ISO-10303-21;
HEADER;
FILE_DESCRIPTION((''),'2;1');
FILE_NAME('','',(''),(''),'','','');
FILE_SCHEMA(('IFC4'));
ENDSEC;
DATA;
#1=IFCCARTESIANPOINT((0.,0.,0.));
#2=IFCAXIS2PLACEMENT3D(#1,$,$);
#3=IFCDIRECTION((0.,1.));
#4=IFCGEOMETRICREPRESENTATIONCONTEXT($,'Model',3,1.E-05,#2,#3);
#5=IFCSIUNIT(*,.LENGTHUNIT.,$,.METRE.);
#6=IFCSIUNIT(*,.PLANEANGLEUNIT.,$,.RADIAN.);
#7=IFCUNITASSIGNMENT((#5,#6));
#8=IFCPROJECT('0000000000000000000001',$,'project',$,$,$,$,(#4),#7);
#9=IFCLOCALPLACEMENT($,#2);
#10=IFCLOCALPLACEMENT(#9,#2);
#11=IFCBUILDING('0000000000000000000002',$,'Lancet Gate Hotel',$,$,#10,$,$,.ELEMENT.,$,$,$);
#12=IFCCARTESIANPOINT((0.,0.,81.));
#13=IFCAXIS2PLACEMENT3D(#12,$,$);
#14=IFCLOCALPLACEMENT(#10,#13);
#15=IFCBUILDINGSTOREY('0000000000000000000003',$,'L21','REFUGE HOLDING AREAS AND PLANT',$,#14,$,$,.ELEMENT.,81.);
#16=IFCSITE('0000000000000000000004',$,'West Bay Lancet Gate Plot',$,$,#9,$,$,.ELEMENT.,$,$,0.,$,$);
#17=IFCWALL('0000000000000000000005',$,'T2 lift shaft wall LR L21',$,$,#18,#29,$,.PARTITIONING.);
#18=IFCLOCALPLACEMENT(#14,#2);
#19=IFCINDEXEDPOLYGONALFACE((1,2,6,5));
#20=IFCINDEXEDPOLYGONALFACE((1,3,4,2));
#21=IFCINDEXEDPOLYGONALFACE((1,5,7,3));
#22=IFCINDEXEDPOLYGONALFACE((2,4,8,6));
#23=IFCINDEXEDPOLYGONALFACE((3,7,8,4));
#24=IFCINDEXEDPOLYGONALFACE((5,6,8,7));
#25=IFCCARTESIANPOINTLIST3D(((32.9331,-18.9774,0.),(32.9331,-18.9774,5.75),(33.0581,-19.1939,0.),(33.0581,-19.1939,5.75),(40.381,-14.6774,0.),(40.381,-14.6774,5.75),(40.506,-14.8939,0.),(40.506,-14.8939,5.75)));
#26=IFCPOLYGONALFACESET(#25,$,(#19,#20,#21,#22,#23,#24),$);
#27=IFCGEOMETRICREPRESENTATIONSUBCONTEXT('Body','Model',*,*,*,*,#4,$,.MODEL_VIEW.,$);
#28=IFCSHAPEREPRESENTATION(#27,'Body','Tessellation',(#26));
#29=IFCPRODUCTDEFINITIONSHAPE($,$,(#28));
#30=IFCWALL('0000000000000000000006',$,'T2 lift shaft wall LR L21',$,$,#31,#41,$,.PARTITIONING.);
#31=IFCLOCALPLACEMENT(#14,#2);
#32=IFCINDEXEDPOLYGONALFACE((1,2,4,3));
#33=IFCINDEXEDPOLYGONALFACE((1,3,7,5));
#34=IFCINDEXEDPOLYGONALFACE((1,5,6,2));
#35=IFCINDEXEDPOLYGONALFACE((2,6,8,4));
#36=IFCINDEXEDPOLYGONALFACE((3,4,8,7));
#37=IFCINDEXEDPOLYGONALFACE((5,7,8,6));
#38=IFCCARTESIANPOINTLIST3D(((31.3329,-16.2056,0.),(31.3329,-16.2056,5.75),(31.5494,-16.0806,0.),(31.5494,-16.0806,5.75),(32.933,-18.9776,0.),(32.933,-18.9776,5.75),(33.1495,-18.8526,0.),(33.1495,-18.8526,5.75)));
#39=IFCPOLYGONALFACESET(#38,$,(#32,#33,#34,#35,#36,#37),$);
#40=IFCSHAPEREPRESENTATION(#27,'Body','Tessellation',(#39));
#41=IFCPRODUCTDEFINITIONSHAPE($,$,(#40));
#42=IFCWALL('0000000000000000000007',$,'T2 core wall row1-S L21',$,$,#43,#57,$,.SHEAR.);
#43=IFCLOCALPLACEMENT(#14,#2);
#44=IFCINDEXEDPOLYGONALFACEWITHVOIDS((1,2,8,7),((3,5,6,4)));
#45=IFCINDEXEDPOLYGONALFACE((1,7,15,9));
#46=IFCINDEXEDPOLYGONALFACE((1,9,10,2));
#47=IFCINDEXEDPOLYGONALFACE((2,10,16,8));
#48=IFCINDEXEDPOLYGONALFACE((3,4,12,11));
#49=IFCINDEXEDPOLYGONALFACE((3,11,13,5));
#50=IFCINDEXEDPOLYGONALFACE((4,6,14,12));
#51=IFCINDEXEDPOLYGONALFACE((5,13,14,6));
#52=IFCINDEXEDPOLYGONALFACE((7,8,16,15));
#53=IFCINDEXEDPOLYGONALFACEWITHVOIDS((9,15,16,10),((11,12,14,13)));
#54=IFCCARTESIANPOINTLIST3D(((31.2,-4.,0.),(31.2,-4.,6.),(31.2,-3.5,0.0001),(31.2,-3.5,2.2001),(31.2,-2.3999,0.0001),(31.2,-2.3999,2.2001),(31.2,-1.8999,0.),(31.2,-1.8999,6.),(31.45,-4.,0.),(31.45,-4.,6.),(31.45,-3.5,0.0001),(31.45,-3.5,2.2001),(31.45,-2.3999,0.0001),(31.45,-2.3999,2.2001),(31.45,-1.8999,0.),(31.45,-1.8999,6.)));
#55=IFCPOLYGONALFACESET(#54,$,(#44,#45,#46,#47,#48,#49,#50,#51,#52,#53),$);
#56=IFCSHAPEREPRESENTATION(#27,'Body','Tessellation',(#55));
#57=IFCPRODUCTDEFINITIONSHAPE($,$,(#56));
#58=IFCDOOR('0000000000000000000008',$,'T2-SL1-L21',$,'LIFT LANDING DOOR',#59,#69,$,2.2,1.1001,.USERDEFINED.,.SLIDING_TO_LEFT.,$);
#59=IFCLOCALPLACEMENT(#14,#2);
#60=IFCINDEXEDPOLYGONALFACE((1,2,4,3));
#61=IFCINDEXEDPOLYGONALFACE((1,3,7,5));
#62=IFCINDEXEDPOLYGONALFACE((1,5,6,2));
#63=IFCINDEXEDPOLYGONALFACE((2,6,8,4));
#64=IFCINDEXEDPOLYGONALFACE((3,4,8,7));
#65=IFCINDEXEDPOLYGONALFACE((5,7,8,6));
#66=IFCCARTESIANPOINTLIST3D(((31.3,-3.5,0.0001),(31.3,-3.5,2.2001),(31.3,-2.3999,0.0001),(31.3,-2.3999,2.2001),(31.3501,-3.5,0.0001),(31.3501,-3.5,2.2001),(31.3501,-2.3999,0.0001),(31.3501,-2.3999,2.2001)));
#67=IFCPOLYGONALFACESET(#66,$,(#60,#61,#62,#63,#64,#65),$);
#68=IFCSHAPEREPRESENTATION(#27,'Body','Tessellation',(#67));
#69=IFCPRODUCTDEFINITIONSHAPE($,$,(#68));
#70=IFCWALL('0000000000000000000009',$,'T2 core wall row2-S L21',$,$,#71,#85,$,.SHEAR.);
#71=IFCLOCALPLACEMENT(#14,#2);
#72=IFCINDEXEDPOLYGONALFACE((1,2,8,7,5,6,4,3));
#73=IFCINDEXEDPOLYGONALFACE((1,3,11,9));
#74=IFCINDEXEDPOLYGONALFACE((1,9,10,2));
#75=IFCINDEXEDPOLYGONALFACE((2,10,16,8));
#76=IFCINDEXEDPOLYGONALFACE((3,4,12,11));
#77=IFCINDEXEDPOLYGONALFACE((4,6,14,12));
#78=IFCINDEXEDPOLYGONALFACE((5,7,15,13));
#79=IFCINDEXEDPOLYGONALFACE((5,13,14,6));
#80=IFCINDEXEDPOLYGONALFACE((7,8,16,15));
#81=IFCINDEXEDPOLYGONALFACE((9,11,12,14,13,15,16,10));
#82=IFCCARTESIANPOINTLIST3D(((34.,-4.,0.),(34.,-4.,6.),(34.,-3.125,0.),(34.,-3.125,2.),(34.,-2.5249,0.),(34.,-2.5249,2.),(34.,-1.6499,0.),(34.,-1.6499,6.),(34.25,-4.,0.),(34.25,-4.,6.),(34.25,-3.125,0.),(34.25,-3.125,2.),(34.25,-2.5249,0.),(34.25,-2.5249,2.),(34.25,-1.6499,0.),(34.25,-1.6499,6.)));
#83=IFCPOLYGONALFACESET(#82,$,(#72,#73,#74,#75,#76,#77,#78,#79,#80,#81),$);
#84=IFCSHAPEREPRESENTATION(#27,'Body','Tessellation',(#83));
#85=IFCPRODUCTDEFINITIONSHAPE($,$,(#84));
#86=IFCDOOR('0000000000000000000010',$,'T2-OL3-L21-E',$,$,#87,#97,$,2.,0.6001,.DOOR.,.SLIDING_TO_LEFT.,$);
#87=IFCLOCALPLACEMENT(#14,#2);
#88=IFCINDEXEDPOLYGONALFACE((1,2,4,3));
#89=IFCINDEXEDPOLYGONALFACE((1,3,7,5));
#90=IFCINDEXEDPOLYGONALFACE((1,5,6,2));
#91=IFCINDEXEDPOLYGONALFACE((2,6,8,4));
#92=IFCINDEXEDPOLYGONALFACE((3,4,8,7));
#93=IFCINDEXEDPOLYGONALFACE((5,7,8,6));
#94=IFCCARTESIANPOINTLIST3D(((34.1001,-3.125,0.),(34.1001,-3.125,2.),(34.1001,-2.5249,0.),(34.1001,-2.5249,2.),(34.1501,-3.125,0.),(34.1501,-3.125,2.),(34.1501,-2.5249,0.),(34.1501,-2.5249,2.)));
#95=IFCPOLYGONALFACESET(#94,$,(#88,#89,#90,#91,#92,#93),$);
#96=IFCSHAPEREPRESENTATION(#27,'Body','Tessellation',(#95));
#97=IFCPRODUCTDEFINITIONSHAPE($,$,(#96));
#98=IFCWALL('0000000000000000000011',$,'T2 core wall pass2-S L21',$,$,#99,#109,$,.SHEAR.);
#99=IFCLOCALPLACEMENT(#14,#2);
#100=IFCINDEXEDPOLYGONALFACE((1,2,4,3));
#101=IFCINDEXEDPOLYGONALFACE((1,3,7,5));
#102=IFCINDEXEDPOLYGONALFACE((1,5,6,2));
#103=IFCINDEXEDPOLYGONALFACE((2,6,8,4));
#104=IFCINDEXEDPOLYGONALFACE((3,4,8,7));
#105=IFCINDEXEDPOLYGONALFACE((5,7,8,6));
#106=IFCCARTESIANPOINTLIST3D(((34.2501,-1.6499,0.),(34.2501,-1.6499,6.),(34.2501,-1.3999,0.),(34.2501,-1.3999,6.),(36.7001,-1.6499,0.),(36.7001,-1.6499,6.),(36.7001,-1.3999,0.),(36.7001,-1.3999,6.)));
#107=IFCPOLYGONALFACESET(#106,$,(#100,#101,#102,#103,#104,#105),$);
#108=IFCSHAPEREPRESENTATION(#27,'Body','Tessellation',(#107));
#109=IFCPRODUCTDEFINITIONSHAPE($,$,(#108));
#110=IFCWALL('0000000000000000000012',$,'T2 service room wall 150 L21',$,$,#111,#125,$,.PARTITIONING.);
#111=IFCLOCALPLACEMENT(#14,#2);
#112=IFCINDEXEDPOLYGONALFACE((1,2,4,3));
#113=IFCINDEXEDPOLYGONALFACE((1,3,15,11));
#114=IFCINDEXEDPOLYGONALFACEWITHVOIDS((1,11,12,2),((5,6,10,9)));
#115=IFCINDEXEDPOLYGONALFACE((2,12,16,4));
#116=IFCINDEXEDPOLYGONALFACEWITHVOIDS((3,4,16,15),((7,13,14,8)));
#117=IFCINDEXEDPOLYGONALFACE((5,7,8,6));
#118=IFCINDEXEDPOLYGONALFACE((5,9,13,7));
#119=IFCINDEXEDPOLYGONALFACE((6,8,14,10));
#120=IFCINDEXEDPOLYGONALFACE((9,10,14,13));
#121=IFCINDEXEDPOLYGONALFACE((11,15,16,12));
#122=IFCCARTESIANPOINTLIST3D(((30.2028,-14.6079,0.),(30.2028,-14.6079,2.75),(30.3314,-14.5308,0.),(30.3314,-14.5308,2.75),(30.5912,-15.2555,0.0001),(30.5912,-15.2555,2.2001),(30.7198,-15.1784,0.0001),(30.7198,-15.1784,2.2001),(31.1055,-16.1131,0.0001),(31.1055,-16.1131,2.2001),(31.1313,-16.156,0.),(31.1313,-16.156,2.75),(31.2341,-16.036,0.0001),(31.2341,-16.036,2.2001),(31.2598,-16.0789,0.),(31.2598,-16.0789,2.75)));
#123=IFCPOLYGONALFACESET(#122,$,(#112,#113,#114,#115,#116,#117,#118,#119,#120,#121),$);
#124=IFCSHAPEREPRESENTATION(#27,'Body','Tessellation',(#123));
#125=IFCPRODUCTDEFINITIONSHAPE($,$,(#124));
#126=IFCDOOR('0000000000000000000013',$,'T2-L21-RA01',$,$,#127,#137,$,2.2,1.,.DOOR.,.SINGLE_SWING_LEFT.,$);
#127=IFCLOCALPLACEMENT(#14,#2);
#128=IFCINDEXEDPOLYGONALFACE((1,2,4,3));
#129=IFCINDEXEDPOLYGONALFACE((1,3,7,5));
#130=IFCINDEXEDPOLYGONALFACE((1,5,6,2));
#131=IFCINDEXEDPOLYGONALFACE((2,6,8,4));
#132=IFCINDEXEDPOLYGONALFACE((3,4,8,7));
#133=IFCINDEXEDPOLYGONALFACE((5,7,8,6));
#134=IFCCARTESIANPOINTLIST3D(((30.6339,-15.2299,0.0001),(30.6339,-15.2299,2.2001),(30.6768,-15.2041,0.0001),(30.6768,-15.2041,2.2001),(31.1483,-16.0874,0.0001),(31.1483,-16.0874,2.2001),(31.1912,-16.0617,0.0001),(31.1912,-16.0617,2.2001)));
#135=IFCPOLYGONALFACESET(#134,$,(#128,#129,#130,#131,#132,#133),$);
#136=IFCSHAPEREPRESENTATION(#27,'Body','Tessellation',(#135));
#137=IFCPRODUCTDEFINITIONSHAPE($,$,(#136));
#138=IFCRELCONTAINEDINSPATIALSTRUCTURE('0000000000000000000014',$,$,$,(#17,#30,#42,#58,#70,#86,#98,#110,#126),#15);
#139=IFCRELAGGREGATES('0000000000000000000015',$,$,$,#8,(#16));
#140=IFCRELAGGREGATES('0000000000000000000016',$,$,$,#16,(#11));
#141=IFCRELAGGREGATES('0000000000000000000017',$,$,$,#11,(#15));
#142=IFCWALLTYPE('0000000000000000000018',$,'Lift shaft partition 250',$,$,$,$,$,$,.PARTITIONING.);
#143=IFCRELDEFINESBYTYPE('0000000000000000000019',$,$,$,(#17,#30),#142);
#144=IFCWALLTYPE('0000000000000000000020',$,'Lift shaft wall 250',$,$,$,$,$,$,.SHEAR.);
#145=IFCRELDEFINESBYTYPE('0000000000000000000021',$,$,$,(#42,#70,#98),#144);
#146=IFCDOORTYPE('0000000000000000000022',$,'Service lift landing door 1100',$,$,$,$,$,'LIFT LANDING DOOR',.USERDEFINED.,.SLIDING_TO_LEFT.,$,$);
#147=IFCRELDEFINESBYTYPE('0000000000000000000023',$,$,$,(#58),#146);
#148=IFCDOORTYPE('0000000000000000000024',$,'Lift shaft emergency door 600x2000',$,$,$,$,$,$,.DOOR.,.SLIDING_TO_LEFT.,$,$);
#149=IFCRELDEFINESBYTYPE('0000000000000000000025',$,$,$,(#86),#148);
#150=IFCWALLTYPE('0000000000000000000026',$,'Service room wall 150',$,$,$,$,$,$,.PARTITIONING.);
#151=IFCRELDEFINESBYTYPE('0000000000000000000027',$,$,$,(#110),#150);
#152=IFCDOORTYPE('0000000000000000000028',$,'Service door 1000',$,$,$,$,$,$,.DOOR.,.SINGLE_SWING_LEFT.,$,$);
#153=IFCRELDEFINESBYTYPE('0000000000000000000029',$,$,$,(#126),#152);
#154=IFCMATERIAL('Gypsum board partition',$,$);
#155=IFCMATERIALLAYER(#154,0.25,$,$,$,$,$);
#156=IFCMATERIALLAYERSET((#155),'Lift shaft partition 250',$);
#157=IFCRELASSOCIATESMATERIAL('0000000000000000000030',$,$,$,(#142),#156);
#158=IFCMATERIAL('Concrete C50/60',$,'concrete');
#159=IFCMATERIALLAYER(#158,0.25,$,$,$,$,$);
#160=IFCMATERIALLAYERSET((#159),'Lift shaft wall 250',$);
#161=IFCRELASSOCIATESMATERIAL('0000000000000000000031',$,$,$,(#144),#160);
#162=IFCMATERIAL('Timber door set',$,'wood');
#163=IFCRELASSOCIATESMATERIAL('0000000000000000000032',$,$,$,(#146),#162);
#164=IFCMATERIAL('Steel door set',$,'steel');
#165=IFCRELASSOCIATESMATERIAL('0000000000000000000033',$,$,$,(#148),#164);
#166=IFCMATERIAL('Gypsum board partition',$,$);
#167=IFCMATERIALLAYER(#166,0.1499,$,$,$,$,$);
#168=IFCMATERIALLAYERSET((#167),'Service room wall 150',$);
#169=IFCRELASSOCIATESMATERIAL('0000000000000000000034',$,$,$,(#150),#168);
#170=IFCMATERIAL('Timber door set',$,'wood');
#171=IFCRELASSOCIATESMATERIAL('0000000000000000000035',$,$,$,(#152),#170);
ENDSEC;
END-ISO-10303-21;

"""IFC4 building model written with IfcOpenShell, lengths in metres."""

from ifc_helpers import new_model, si_unit, direction, frame, frame_2d, origin, place, context, subcontext, project, spatial, rectangle, extrude, material, layer, layer_set, type_object, element, fill, save


model = new_model("IFC4")

# Units and contexts
model_context = context("Model", 3, precision=1e-05, world=origin(), true_north=direction((0.0, 1.0)))
body_context = subcontext(model_context, "Body", "Model", "MODEL_VIEW")
ifc_project = project(units=[si_unit("LENGTHUNIT", "METRE"), si_unit("PLANEANGLEUNIT", "RADIAN")], contexts=[model_context])

# Site, building, storey
site_placement = place(None, origin())
site = spatial("IfcSite", under=ifc_project, at=site_placement, Name="West Bay Lancet Gate Plot", CompositionType="ELEMENT", RefElevation=0.0)
building_placement = place(site_placement, origin())
building = spatial("IfcBuilding", under=site, at=building_placement, Name="Lancet Gate Hotel", CompositionType="ELEMENT")
storey_placement = place(building_placement, frame((0.0, 0.0, 81.0)))
storey = spatial("IfcBuildingStorey", under=building, at=storey_placement, Name="L21", Description="REFUGE HOLDING AREAS AND PLANT", CompositionType="ELEMENT", Elevation=81.0)

# Walls
ifc_material_1 = material(Name="Gypsum board partition")
ifc_layer_1 = layer(ifc_material_1, 0.25)
ifc_layer_set_1 = layer_set([ifc_layer_1], Name="Lift shaft partition 250")
wall_type_1 = type_object("IfcWallType", Name="Lift shaft partition 250", PredefinedType="PARTITIONING", material=ifc_layer_set_1)
for number, where, z_axis, x_axis, name in (
    (1, (32.9956, -19.0857, 0.0), (0.0, 0.0, 1.0), (0.866028, 0.499995, 0.0), "T2 lift shaft wall LR L21"),
):
    element("IfcWall", number, at=place(storey_placement, frame(where, z_axis=z_axis, x_axis=x_axis)), inside=storey, type_object=wall_type_1, Name=name, PredefinedType="PARTITIONING", context=body_context, shape_type="SweptSolid", body=[
        extrude(rectangle(XDim=8.6001, YDim=0.25, at=frame_2d((4.3, 0.0))), origin(), (0.0, 0.0, 1.0), 5.75),
    ])
wall_1_placement = place(storey_placement, frame((31.4412, -16.1431, 0.0), z_axis=(0.0, 0.0, 1.0), x_axis=(0.499929, -0.866066, 0.0)))
element("IfcWall", 2, at=wall_1_placement, inside=storey, type_object=wall_type_1, Name="T2 lift shaft wall LR L21", PredefinedType="PARTITIONING", context=body_context, shape_type="SweptSolid", body=[
    extrude(rectangle(XDim=3.2007, YDim=0.25, at=frame_2d((1.6003, 0.0))), origin(), (0.0, 0.0, 1.0), 5.75),
])

# Walls, openings, doors
ifc_material_2 = material(Name="Concrete C50/60", Category="concrete")
ifc_layer_2 = layer(ifc_material_2, 0.25)
ifc_layer_set_2 = layer_set([ifc_layer_2], Name="Lift shaft wall 250")
wall_type_2 = type_object("IfcWallType", Name="Lift shaft wall 250", PredefinedType="SHEAR", material=ifc_layer_set_2)
wall_2_placement = place(storey_placement, frame((31.325, -4.0, 0.0), z_axis=(0.0, 0.0, 1.0), x_axis=(0.0, 1.0, 0.0)))
wall_2 = element("IfcWall", 3, at=wall_2_placement, inside=storey, type_object=wall_type_2, Name="T2 core wall row1-S L21", PredefinedType="SHEAR", context=body_context, shape_type="SweptSolid", body=[
    extrude(rectangle(XDim=2.1001, YDim=0.25, at=frame_2d((1.05, 0.0))), origin(), (0.0, 0.0, 1.0), 6.0),
])
opening_1_placement = place(wall_2_placement, frame((0.5, 0.0, 0.0)))
opening_1 = element("IfcOpeningElement", 4, at=opening_1_placement, cuts=wall_2, PredefinedType="OPENING", context=body_context, shape_type="SweptSolid", body=[
    extrude(rectangle(XDim=1.1001, YDim=2.2, at=frame_2d((0.55, 1.1001))), frame((0.0, 0.135, 0.0), z_axis=(0.0, -1.0, 0.0), x_axis=(1.0, 0.0, 0.0)), (0.0, 0.0, 1.0), 0.27),
])
ifc_material_3 = material(Name="Timber door set", Category="wood")
door_type_1 = type_object("IfcDoorType", Name="Service lift landing door 1100", ElementType="LIFT LANDING DOOR", OperationType="SLIDING_TO_LEFT", PredefinedType="USERDEFINED", material=ifc_material_3)
door_1_placement = place(opening_1_placement, origin())
door_1 = element("IfcDoor", 5, at=door_1_placement, inside=storey, type_object=door_type_1, Name="T2-SL1-L21", ObjectType="LIFT LANDING DOOR", OperationType="SLIDING_TO_LEFT", OverallHeight=2.2, OverallWidth=1.1001, PredefinedType="USERDEFINED", context=body_context, shape_type="SweptSolid", body=[
    extrude(rectangle(XDim=1.1001, YDim=2.2, at=frame_2d((0.55, 1.1001))), frame((0.0, 0.0249, 0.0), z_axis=(0.0, -1.0, 0.0), x_axis=(1.0, 0.0, 0.0)), (0.0, 0.0, 1.0), 0.05),
])
fill(opening_1, door_1)
wall_3_placement = place(storey_placement, frame((34.125, -4.0, 0.0), z_axis=(0.0, 0.0, 1.0), x_axis=(0.0, 1.0, 0.0)))
wall_3 = element("IfcWall", 6, at=wall_3_placement, inside=storey, type_object=wall_type_2, Name="T2 core wall row2-S L21", PredefinedType="SHEAR", context=body_context, shape_type="SweptSolid", body=[
    extrude(rectangle(XDim=2.3501, YDim=0.25, at=frame_2d((1.175, 0.0))), origin(), (0.0, 0.0, 1.0), 6.0),
])
opening_2_placement = place(wall_3_placement, frame((0.875, 0.0, 0.0)))
opening_2 = element("IfcOpeningElement", 7, at=opening_2_placement, cuts=wall_3, PredefinedType="OPENING", context=body_context, shape_type="SweptSolid", body=[
    extrude(rectangle(XDim=0.6001, YDim=2.0, at=frame_2d((0.3, 1.0))), frame((0.0, 0.135, 0.0), z_axis=(0.0, -1.0, 0.0), x_axis=(1.0, 0.0, 0.0)), (0.0, 0.0, 1.0), 0.27),
])
ifc_material_4 = material(Name="Steel door set", Category="steel")
door_type_2 = type_object("IfcDoorType", Name="Lift shaft emergency door 600x2000", OperationType="SLIDING_TO_LEFT", PredefinedType="DOOR", material=ifc_material_4)
door_2_placement = place(opening_2_placement, origin())
door_2 = element("IfcDoor", 8, at=door_2_placement, inside=storey, type_object=door_type_2, Name="T2-OL3-L21-E", OperationType="SLIDING_TO_LEFT", OverallHeight=2.0, OverallWidth=0.6001, PredefinedType="DOOR", context=body_context, shape_type="SweptSolid", body=[
    extrude(rectangle(XDim=0.6001, YDim=2.0, at=frame_2d((0.3, 1.0))), frame((0.0, 0.0249, 0.0), z_axis=(0.0, -1.0, 0.0), x_axis=(1.0, 0.0, 0.0)), (0.0, 0.0, 1.0), 0.05),
])
fill(opening_2, door_2)

# Wall
wall_4_placement = place(storey_placement, frame((34.25, -1.5249, 0.0), z_axis=(0.0, 0.0, 1.0), x_axis=(1.0, 0.0, 0.0)))
element("IfcWall", 9, at=wall_4_placement, inside=storey, type_object=wall_type_2, Name="T2 core wall pass2-S L21", PredefinedType="SHEAR", context=body_context, shape_type="SweptSolid", body=[
    extrude(rectangle(XDim=2.45, YDim=0.25, at=frame_2d((1.2251, 0.0))), origin(), (0.0, 0.0, 1.0), 6.0),
])

# Wall, opening, door
ifc_material_5 = material(Name="Gypsum board partition")
ifc_layer_3 = layer(ifc_material_5, 0.1499)
ifc_layer_set_3 = layer_set([ifc_layer_3], Name="Service room wall 150")
wall_type_3 = type_object("IfcWallType", Name="Service room wall 150", PredefinedType="PARTITIONING", material=ifc_layer_set_3)
wall_5_placement = place(storey_placement, frame((30.2671, -14.5693, 0.0), z_axis=(0.0, 0.0, 1.0), x_axis=(0.514337, -0.857588, 0.0)))
wall_5 = element("IfcWall", 10, at=wall_5_placement, inside=storey, type_object=wall_type_3, Name="T2 service room wall 150 L21", PredefinedType="PARTITIONING", context=body_context, shape_type="SweptSolid", body=[
    extrude(rectangle(XDim=1.8052, YDim=0.1499, at=frame_2d((0.9026, 0.0))), origin(), (0.0, 0.0, 1.0), 2.75),
])
opening_3_placement = place(wall_5_placement, frame((0.7551, 0.0, 0.0)))
opening_3 = element("IfcOpeningElement", 11, at=opening_3_placement, cuts=wall_5, PredefinedType="OPENING", context=body_context, shape_type="SweptSolid", body=[
    extrude(rectangle(XDim=1.0, YDim=2.2, at=frame_2d((0.5, 1.1001))), frame((0.0, 0.085, 0.0), z_axis=(0.0, -1.0, 0.0), x_axis=(1.0, 0.0, 0.0)), (0.0, 0.0, 1.0), 0.1699),
])
ifc_material_6 = material(Name="Timber door set", Category="wood")
door_type_3 = type_object("IfcDoorType", Name="Service door 1000", OperationType="SINGLE_SWING_LEFT", PredefinedType="DOOR", material=ifc_material_6)
door_3_placement = place(opening_3_placement, origin())
door_3 = element("IfcDoor", 12, at=door_3_placement, inside=storey, type_object=door_type_3, Name="T2-L21-RA01", OperationType="SINGLE_SWING_LEFT", OverallHeight=2.2, OverallWidth=1.0, PredefinedType="DOOR", context=body_context, shape_type="SweptSolid", body=[
    extrude(rectangle(XDim=1.0, YDim=2.2, at=frame_2d((0.5, 1.1001))), frame((0.0, 0.0249, 0.0), z_axis=(0.0, -1.0, 0.0), x_axis=(1.0, 0.0, 0.0)), (0.0, 0.0, 1.0), 0.05),
])
fill(opening_3, door_3)

save(model, "model.ifc")
